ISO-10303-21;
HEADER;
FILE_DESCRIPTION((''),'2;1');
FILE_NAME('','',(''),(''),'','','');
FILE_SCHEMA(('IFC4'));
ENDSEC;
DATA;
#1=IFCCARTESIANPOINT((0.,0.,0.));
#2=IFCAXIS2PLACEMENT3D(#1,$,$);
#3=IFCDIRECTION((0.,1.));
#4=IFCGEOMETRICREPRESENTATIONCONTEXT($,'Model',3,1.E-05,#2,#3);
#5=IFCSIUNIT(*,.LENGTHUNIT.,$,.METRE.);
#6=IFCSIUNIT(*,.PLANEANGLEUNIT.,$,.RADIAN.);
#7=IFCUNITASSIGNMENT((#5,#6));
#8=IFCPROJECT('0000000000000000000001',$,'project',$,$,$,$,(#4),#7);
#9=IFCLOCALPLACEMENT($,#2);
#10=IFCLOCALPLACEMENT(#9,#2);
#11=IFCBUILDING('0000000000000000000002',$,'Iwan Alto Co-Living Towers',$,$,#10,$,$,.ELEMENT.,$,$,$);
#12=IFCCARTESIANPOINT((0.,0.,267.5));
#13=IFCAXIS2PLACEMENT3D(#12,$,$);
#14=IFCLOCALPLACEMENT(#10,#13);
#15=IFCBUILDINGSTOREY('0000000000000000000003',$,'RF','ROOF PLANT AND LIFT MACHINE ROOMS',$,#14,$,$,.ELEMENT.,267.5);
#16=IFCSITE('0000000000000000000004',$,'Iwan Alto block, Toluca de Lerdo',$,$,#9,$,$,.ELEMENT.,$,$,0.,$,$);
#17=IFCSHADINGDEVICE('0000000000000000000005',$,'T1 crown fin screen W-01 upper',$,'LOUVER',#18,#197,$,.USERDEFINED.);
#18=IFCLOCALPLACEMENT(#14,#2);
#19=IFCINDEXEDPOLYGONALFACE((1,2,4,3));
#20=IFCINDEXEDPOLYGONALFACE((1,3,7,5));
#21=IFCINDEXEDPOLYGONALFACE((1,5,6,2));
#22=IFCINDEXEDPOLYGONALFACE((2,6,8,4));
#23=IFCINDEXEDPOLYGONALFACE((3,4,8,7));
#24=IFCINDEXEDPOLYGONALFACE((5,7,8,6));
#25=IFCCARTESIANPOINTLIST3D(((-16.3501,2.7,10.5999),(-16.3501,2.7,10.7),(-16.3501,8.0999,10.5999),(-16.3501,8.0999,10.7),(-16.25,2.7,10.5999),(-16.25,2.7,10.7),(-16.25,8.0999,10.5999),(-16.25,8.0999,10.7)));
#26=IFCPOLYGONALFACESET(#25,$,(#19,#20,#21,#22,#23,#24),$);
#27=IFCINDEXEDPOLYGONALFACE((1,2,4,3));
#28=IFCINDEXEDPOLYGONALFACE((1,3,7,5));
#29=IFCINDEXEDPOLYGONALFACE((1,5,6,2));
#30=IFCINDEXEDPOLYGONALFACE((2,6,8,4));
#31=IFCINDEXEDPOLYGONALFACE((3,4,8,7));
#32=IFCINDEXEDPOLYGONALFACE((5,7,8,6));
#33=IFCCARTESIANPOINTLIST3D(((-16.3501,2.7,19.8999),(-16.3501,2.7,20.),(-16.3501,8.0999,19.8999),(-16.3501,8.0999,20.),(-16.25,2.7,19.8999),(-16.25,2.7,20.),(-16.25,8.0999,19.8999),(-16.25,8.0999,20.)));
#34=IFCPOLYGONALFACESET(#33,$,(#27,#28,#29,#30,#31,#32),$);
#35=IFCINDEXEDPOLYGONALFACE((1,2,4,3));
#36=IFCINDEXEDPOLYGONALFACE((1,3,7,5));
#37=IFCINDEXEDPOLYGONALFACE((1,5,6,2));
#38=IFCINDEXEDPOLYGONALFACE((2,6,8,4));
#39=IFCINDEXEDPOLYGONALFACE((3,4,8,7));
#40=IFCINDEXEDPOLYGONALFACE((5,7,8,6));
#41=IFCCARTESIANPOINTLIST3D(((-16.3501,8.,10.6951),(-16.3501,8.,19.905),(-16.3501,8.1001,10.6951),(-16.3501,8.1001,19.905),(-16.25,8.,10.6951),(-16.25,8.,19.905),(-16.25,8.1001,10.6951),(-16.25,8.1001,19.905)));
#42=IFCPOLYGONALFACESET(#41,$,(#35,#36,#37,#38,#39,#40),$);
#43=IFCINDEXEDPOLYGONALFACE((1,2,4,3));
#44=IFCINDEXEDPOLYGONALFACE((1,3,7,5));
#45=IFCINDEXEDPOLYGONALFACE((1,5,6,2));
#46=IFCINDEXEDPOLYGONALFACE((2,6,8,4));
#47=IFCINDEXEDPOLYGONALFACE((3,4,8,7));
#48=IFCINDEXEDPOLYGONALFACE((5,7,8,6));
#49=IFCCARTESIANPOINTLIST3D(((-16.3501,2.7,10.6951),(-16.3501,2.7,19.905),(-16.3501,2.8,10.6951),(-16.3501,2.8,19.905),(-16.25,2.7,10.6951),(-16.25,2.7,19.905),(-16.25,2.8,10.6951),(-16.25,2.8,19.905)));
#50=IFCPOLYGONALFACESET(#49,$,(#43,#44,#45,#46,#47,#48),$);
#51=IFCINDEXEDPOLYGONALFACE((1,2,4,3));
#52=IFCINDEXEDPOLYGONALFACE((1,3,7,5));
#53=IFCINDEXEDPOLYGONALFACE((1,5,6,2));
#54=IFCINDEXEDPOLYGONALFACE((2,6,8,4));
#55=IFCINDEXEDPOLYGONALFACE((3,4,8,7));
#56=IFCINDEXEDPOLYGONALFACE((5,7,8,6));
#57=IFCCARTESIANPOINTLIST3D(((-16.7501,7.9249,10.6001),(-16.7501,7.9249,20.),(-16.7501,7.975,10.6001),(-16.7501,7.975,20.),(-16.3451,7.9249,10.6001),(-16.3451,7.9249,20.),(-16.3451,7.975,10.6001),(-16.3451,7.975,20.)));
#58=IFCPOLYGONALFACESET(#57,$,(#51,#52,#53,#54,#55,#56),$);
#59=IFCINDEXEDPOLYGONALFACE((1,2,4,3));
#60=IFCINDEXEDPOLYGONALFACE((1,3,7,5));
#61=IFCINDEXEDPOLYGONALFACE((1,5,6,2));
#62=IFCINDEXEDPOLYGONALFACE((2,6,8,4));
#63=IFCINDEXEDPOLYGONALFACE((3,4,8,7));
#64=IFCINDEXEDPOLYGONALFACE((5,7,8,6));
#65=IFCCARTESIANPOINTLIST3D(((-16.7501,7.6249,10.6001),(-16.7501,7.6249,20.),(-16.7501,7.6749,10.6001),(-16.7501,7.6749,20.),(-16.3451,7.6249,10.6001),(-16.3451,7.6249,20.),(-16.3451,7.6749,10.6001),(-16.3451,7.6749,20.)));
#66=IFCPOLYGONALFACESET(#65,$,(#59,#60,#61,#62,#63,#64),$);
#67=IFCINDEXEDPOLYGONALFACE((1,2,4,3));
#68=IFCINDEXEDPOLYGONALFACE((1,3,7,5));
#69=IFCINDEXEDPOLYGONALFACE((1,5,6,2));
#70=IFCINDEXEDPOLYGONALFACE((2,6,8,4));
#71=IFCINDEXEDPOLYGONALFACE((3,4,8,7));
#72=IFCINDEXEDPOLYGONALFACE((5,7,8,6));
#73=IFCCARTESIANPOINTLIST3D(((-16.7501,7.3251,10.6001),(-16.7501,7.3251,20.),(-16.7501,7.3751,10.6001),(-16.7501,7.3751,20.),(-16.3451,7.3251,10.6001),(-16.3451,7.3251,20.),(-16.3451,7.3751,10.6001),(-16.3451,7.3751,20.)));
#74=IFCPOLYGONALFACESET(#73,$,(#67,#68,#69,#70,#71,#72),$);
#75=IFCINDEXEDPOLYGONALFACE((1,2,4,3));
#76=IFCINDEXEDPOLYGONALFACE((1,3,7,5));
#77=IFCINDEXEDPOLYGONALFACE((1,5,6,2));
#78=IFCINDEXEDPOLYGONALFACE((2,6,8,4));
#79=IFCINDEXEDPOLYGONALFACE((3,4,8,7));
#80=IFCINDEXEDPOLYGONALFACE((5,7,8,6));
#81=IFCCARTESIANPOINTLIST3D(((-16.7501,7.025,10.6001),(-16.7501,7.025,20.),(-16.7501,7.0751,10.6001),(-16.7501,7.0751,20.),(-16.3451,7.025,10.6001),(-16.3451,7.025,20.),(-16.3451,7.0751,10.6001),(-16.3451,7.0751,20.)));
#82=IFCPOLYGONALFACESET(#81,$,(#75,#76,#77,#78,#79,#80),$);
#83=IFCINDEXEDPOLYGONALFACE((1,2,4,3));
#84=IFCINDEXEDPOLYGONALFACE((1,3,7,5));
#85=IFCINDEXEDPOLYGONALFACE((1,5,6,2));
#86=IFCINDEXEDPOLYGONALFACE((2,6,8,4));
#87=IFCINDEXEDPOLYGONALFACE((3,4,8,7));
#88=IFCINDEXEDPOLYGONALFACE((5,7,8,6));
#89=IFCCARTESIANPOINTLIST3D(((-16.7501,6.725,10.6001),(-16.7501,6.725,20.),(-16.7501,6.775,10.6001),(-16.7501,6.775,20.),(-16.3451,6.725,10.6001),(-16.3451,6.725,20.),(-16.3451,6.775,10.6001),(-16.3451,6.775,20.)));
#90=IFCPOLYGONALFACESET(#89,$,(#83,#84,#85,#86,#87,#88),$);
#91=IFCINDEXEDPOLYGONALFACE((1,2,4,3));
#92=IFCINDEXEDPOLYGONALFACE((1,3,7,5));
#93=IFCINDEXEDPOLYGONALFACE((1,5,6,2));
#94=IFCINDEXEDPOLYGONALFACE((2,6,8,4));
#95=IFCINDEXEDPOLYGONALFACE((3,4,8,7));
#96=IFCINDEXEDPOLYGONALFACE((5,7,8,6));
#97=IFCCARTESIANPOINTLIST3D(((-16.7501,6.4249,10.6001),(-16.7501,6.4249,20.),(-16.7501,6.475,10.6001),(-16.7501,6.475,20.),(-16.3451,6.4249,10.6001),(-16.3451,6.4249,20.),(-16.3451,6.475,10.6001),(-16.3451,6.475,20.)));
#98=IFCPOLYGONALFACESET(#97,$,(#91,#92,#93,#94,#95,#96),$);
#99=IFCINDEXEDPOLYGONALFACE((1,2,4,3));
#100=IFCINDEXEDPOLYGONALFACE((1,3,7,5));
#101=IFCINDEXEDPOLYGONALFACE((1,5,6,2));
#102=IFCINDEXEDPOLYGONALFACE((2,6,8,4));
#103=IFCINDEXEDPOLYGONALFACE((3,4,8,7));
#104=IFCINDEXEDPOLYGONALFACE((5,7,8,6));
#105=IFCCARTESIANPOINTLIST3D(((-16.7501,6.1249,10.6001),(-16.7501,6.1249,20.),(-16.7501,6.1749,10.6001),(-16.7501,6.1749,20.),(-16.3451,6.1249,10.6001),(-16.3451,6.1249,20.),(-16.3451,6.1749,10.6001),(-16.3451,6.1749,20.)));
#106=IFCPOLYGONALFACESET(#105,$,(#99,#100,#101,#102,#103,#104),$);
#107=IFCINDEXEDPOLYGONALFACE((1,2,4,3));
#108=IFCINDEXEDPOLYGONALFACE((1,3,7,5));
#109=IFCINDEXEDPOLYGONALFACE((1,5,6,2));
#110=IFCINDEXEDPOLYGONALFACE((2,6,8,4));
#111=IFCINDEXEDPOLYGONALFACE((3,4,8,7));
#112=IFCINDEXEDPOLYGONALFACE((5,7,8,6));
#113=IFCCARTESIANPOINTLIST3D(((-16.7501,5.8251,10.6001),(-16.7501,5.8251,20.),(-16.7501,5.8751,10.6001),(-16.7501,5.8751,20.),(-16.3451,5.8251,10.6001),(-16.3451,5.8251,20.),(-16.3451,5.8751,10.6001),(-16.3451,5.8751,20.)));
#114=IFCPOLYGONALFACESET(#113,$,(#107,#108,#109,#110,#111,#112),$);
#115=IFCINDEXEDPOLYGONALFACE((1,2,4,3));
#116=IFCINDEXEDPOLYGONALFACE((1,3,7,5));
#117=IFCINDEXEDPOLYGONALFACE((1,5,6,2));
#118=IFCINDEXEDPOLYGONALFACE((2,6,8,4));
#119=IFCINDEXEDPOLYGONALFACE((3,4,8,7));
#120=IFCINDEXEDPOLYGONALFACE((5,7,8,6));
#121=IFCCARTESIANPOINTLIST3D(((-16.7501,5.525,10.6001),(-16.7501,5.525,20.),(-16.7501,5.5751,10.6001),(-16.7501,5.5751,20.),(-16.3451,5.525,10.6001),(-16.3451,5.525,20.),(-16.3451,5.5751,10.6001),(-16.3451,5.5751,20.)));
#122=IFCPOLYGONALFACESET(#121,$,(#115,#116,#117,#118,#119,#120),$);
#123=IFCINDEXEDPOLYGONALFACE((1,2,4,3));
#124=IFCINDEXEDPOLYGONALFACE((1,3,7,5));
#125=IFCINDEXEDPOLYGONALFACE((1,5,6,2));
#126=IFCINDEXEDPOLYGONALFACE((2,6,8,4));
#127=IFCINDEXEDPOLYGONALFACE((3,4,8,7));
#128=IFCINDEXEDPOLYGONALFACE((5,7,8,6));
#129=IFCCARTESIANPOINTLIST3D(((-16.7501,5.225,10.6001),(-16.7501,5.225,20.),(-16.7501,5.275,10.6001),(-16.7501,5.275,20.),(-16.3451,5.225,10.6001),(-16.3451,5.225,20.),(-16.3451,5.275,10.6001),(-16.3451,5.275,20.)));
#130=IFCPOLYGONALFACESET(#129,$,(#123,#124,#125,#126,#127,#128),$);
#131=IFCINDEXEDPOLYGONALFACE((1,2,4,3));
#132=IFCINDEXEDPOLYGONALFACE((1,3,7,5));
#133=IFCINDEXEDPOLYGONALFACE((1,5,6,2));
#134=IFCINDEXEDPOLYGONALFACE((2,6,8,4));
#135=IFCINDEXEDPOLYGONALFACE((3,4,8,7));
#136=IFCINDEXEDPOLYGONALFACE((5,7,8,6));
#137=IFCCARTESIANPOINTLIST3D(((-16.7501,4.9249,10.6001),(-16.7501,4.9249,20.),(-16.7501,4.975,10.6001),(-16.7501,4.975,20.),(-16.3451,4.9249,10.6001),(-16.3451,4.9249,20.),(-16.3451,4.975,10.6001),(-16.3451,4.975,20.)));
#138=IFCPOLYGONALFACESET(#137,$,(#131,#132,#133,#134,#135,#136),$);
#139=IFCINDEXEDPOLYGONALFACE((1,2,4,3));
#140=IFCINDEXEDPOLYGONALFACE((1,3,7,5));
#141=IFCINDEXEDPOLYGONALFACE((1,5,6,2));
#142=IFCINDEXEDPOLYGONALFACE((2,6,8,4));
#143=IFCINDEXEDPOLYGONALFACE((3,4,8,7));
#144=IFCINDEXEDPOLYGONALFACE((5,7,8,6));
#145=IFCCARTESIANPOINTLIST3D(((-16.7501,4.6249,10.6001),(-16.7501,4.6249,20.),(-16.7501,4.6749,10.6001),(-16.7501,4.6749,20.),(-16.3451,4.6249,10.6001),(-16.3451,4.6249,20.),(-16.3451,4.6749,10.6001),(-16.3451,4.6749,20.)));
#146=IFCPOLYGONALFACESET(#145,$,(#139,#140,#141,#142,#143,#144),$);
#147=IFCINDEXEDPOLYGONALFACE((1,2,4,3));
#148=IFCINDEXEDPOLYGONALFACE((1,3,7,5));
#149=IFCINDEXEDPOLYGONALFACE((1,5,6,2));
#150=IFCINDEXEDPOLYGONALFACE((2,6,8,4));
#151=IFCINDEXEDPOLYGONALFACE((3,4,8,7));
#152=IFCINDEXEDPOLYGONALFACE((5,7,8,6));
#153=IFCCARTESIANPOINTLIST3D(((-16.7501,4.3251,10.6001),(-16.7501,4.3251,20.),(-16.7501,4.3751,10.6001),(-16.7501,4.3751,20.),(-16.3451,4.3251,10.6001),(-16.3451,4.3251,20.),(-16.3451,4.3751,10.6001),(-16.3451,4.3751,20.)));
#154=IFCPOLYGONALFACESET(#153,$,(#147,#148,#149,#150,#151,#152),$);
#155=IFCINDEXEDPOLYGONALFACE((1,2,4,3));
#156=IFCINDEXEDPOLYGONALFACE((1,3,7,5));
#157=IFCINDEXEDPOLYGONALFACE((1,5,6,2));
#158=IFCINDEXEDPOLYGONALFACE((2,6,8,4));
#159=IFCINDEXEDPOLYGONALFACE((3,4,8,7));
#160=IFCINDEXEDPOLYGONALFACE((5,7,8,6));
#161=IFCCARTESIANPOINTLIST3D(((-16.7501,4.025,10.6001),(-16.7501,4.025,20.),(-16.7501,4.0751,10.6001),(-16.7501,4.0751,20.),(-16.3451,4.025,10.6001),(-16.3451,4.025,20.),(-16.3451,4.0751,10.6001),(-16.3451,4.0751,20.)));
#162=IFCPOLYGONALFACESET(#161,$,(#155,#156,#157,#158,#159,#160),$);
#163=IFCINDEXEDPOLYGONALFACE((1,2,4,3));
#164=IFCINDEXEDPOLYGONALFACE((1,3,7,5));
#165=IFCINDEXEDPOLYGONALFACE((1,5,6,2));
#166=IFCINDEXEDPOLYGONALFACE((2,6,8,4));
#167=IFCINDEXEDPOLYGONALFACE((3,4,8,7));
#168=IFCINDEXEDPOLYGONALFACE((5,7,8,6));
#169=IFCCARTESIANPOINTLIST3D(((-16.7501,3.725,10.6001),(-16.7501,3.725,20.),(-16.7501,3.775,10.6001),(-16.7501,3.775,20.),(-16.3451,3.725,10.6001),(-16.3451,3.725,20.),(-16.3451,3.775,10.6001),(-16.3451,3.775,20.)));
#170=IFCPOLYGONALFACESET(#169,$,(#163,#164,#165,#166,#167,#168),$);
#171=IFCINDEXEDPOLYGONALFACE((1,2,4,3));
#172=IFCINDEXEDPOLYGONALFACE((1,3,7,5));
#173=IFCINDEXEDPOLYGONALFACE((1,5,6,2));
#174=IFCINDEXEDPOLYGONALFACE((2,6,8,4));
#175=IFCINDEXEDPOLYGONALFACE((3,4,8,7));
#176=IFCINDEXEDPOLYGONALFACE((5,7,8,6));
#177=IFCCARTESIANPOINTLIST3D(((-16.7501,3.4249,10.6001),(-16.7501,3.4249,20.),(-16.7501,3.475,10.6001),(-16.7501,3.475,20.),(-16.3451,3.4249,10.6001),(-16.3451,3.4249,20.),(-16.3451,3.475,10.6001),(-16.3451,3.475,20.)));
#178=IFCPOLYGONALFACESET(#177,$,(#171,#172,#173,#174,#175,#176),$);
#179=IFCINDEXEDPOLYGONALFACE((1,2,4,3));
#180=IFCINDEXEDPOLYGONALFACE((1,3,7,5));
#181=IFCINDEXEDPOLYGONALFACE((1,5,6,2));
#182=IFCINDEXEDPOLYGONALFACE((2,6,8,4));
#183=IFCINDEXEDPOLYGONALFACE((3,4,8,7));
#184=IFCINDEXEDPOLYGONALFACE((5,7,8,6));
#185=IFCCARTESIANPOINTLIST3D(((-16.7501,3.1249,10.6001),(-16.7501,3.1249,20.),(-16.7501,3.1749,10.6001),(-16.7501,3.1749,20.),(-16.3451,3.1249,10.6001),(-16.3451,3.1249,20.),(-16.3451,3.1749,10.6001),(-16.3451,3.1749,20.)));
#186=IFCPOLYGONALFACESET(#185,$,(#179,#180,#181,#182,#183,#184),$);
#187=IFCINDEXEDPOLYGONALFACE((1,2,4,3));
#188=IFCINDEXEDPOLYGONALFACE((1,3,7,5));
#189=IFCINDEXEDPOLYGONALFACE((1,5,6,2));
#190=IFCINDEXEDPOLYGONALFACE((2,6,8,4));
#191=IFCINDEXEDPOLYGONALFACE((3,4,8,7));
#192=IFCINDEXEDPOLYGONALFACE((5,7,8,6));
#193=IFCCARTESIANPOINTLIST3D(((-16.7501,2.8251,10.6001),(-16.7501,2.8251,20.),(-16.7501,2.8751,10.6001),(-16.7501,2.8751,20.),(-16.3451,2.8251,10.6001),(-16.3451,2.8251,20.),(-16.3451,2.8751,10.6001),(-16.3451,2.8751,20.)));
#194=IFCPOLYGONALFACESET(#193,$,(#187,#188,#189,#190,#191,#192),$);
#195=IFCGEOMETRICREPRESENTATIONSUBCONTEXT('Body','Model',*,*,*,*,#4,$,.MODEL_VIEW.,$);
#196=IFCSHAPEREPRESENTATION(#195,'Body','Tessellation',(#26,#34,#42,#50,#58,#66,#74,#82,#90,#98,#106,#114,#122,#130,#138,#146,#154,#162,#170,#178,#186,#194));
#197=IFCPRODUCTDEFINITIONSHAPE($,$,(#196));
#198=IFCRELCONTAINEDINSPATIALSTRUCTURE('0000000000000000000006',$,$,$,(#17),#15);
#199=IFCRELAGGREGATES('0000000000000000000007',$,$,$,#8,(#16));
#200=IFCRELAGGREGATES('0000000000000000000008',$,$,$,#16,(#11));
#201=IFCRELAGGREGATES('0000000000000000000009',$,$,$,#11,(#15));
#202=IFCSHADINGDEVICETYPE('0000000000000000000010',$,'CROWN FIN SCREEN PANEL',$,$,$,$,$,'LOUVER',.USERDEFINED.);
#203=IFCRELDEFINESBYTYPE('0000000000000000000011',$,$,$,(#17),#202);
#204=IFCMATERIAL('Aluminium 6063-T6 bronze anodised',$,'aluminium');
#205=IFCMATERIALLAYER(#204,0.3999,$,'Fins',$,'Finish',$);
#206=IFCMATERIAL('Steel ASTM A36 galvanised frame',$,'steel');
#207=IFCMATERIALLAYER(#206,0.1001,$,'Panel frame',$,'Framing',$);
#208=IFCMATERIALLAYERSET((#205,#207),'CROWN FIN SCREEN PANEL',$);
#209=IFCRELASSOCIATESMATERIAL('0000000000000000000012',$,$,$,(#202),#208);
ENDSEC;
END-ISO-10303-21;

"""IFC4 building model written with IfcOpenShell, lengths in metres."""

from ifc_helpers import new_model, si_unit, direction, frame, origin, origin_2d, place, context, subcontext, project, spatial, rectangle, extrude, material, layer, layer_set, type_object, element, save


model = new_model("IFC4")

# Units and contexts
model_context = context("Model", 3, precision=1e-05, world=origin(), true_north=direction((0.0, 1.0)))
body_context = subcontext(model_context, "Body", "Model", "MODEL_VIEW")
ifc_project = project(units=[si_unit("LENGTHUNIT", "METRE"), si_unit("PLANEANGLEUNIT", "RADIAN")], contexts=[model_context])

# Site, building, storey
site_placement = place(None, origin())
site = spatial("IfcSite", under=ifc_project, at=site_placement, Name="Iwan Alto block, Toluca de Lerdo", CompositionType="ELEMENT", RefElevation=0.0)
building_placement = place(site_placement, origin())
building = spatial("IfcBuilding", under=site, at=building_placement, Name="Iwan Alto Co-Living Towers", CompositionType="ELEMENT")
storey_placement = place(building_placement, frame((0.0, 0.0, 267.5)))
storey = spatial("IfcBuildingStorey", under=building, at=storey_placement, Name="RF", Description="ROOF PLANT AND LIFT MACHINE ROOMS", CompositionType="ELEMENT", Elevation=267.5)

# Shading device
ifc_material_1 = material(Name="Aluminium 6063-T6 bronze anodised", Category="aluminium")
ifc_layer_1 = layer(ifc_material_1, 0.3999, Name="Fins", Category="Finish")
ifc_material_2 = material(Name="Steel ASTM A36 galvanised frame", Category="steel")
ifc_layer_2 = layer(ifc_material_2, 0.1001, Name="Panel frame", Category="Framing")
ifc_layer_set = layer_set([ifc_layer_1, ifc_layer_2], Name="CROWN FIN SCREEN PANEL")
shading_device_type = type_object("IfcShadingDeviceType", Name="CROWN FIN SCREEN PANEL", ElementType="LOUVER", PredefinedType="USERDEFINED", material=ifc_layer_set)
shading_device_1_placement = place(storey_placement, frame((0.0, 0.0, -267.5)))
element("IfcShadingDevice", 1, at=shading_device_1_placement, inside=storey, type_object=shading_device_type, Name="T1 crown fin screen W-01 upper", ObjectType="LOUVER", PredefinedType="USERDEFINED", context=body_context, shape_type="SweptSolid", body=[
    extrude(rectangle(XDim=5.3999, YDim=0.1001, at=origin_2d()), frame((-16.3, 5.3999, 278.0999), z_axis=(0.0, 0.0, 1.0), x_axis=(0.0, -1.0, 0.0)), (0.0, 0.0, 1.0), 0.1001),
    extrude(rectangle(XDim=5.3999, YDim=0.1001, at=origin_2d()), frame((-16.3, 5.3999, 287.3999), z_axis=(0.0, 0.0, 1.0), x_axis=(0.0, -1.0, 0.0)), (0.0, 0.0, 1.0), 0.1001),
    extrude(rectangle(XDim=0.1001, YDim=0.1001, at=origin_2d()), frame((-16.3, 8.05, 278.1951), z_axis=(0.0, 0.0, 1.0), x_axis=(0.0, -1.0, 0.0)), (0.0, 0.0, 1.0), 9.21),
    extrude(rectangle(XDim=0.1001, YDim=0.1001, at=origin_2d()), frame((-16.3, 2.75, 278.1951), z_axis=(0.0, 0.0, 1.0), x_axis=(0.0, -1.0, 0.0)), (0.0, 0.0, 1.0), 9.21),
    extrude(rectangle(XDim=0.05, YDim=0.405, at=origin_2d()), frame((-16.5476, 7.95, 278.1001), z_axis=(0.0, 0.0, 1.0), x_axis=(0.0, -1.0, 0.0)), (0.0, 0.0, 1.0), 9.3999),
    extrude(rectangle(XDim=0.05, YDim=0.405, at=origin_2d()), frame((-16.5476, 7.6499, 278.1001), z_axis=(0.0, 0.0, 1.0), x_axis=(0.0, -1.0, 0.0)), (0.0, 0.0, 1.0), 9.3999),
    extrude(rectangle(XDim=0.05, YDim=0.405, at=origin_2d()), frame((-16.5476, 7.3501, 278.1001), z_axis=(0.0, 0.0, 1.0), x_axis=(0.0, -1.0, 0.0)), (0.0, 0.0, 1.0), 9.3999),
    extrude(rectangle(XDim=0.05, YDim=0.405, at=origin_2d()), frame((-16.5476, 7.05, 278.1001), z_axis=(0.0, 0.0, 1.0), x_axis=(0.0, -1.0, 0.0)), (0.0, 0.0, 1.0), 9.3999),
    extrude(rectangle(XDim=0.05, YDim=0.405, at=origin_2d()), frame((-16.5476, 6.75, 278.1001), z_axis=(0.0, 0.0, 1.0), x_axis=(0.0, -1.0, 0.0)), (0.0, 0.0, 1.0), 9.3999),
    extrude(rectangle(XDim=0.05, YDim=0.405, at=origin_2d()), frame((-16.5476, 6.45, 278.1001), z_axis=(0.0, 0.0, 1.0), x_axis=(0.0, -1.0, 0.0)), (0.0, 0.0, 1.0), 9.3999),
    extrude(rectangle(XDim=0.05, YDim=0.405, at=origin_2d()), frame((-16.5476, 6.1499, 278.1001), z_axis=(0.0, 0.0, 1.0), x_axis=(0.0, -1.0, 0.0)), (0.0, 0.0, 1.0), 9.3999),
    extrude(rectangle(XDim=0.05, YDim=0.405, at=origin_2d()), frame((-16.5476, 5.8501, 278.1001), z_axis=(0.0, 0.0, 1.0), x_axis=(0.0, -1.0, 0.0)), (0.0, 0.0, 1.0), 9.3999),
    extrude(rectangle(XDim=0.05, YDim=0.405, at=origin_2d()), frame((-16.5476, 5.55, 278.1001), z_axis=(0.0, 0.0, 1.0), x_axis=(0.0, -1.0, 0.0)), (0.0, 0.0, 1.0), 9.3999),
    extrude(rectangle(XDim=0.05, YDim=0.405, at=origin_2d()), frame((-16.5476, 5.25, 278.1001), z_axis=(0.0, 0.0, 1.0), x_axis=(0.0, -1.0, 0.0)), (0.0, 0.0, 1.0), 9.3999),
    extrude(rectangle(XDim=0.05, YDim=0.405, at=origin_2d()), frame((-16.5476, 4.95, 278.1001), z_axis=(0.0, 0.0, 1.0), x_axis=(0.0, -1.0, 0.0)), (0.0, 0.0, 1.0), 9.3999),
    extrude(rectangle(XDim=0.05, YDim=0.405, at=origin_2d()), frame((-16.5476, 4.6499, 278.1001), z_axis=(0.0, 0.0, 1.0), x_axis=(0.0, -1.0, 0.0)), (0.0, 0.0, 1.0), 9.3999),
    extrude(rectangle(XDim=0.05, YDim=0.405, at=origin_2d()), frame((-16.5476, 4.3501, 278.1001), z_axis=(0.0, 0.0, 1.0), x_axis=(0.0, -1.0, 0.0)), (0.0, 0.0, 1.0), 9.3999),
    extrude(rectangle(XDim=0.05, YDim=0.405, at=origin_2d()), frame((-16.5476, 4.05, 278.1001), z_axis=(0.0, 0.0, 1.0), x_axis=(0.0, -1.0, 0.0)), (0.0, 0.0, 1.0), 9.3999),
    extrude(rectangle(XDim=0.05, YDim=0.405, at=origin_2d()), frame((-16.5476, 3.75, 278.1001), z_axis=(0.0, 0.0, 1.0), x_axis=(0.0, -1.0, 0.0)), (0.0, 0.0, 1.0), 9.3999),
    extrude(rectangle(XDim=0.05, YDim=0.405, at=origin_2d()), frame((-16.5476, 3.45, 278.1001), z_axis=(0.0, 0.0, 1.0), x_axis=(0.0, -1.0, 0.0)), (0.0, 0.0, 1.0), 9.3999),
    extrude(rectangle(XDim=0.05, YDim=0.405, at=origin_2d()), frame((-16.5476, 3.1499, 278.1001), z_axis=(0.0, 0.0, 1.0), x_axis=(0.0, -1.0, 0.0)), (0.0, 0.0, 1.0), 9.3999),
    extrude(rectangle(XDim=0.05, YDim=0.405, at=origin_2d()), frame((-16.5476, 2.8501, 278.1001), z_axis=(0.0, 0.0, 1.0), x_axis=(0.0, -1.0, 0.0)), (0.0, 0.0, 1.0), 9.3999),
])

save(model, "model.ifc")
